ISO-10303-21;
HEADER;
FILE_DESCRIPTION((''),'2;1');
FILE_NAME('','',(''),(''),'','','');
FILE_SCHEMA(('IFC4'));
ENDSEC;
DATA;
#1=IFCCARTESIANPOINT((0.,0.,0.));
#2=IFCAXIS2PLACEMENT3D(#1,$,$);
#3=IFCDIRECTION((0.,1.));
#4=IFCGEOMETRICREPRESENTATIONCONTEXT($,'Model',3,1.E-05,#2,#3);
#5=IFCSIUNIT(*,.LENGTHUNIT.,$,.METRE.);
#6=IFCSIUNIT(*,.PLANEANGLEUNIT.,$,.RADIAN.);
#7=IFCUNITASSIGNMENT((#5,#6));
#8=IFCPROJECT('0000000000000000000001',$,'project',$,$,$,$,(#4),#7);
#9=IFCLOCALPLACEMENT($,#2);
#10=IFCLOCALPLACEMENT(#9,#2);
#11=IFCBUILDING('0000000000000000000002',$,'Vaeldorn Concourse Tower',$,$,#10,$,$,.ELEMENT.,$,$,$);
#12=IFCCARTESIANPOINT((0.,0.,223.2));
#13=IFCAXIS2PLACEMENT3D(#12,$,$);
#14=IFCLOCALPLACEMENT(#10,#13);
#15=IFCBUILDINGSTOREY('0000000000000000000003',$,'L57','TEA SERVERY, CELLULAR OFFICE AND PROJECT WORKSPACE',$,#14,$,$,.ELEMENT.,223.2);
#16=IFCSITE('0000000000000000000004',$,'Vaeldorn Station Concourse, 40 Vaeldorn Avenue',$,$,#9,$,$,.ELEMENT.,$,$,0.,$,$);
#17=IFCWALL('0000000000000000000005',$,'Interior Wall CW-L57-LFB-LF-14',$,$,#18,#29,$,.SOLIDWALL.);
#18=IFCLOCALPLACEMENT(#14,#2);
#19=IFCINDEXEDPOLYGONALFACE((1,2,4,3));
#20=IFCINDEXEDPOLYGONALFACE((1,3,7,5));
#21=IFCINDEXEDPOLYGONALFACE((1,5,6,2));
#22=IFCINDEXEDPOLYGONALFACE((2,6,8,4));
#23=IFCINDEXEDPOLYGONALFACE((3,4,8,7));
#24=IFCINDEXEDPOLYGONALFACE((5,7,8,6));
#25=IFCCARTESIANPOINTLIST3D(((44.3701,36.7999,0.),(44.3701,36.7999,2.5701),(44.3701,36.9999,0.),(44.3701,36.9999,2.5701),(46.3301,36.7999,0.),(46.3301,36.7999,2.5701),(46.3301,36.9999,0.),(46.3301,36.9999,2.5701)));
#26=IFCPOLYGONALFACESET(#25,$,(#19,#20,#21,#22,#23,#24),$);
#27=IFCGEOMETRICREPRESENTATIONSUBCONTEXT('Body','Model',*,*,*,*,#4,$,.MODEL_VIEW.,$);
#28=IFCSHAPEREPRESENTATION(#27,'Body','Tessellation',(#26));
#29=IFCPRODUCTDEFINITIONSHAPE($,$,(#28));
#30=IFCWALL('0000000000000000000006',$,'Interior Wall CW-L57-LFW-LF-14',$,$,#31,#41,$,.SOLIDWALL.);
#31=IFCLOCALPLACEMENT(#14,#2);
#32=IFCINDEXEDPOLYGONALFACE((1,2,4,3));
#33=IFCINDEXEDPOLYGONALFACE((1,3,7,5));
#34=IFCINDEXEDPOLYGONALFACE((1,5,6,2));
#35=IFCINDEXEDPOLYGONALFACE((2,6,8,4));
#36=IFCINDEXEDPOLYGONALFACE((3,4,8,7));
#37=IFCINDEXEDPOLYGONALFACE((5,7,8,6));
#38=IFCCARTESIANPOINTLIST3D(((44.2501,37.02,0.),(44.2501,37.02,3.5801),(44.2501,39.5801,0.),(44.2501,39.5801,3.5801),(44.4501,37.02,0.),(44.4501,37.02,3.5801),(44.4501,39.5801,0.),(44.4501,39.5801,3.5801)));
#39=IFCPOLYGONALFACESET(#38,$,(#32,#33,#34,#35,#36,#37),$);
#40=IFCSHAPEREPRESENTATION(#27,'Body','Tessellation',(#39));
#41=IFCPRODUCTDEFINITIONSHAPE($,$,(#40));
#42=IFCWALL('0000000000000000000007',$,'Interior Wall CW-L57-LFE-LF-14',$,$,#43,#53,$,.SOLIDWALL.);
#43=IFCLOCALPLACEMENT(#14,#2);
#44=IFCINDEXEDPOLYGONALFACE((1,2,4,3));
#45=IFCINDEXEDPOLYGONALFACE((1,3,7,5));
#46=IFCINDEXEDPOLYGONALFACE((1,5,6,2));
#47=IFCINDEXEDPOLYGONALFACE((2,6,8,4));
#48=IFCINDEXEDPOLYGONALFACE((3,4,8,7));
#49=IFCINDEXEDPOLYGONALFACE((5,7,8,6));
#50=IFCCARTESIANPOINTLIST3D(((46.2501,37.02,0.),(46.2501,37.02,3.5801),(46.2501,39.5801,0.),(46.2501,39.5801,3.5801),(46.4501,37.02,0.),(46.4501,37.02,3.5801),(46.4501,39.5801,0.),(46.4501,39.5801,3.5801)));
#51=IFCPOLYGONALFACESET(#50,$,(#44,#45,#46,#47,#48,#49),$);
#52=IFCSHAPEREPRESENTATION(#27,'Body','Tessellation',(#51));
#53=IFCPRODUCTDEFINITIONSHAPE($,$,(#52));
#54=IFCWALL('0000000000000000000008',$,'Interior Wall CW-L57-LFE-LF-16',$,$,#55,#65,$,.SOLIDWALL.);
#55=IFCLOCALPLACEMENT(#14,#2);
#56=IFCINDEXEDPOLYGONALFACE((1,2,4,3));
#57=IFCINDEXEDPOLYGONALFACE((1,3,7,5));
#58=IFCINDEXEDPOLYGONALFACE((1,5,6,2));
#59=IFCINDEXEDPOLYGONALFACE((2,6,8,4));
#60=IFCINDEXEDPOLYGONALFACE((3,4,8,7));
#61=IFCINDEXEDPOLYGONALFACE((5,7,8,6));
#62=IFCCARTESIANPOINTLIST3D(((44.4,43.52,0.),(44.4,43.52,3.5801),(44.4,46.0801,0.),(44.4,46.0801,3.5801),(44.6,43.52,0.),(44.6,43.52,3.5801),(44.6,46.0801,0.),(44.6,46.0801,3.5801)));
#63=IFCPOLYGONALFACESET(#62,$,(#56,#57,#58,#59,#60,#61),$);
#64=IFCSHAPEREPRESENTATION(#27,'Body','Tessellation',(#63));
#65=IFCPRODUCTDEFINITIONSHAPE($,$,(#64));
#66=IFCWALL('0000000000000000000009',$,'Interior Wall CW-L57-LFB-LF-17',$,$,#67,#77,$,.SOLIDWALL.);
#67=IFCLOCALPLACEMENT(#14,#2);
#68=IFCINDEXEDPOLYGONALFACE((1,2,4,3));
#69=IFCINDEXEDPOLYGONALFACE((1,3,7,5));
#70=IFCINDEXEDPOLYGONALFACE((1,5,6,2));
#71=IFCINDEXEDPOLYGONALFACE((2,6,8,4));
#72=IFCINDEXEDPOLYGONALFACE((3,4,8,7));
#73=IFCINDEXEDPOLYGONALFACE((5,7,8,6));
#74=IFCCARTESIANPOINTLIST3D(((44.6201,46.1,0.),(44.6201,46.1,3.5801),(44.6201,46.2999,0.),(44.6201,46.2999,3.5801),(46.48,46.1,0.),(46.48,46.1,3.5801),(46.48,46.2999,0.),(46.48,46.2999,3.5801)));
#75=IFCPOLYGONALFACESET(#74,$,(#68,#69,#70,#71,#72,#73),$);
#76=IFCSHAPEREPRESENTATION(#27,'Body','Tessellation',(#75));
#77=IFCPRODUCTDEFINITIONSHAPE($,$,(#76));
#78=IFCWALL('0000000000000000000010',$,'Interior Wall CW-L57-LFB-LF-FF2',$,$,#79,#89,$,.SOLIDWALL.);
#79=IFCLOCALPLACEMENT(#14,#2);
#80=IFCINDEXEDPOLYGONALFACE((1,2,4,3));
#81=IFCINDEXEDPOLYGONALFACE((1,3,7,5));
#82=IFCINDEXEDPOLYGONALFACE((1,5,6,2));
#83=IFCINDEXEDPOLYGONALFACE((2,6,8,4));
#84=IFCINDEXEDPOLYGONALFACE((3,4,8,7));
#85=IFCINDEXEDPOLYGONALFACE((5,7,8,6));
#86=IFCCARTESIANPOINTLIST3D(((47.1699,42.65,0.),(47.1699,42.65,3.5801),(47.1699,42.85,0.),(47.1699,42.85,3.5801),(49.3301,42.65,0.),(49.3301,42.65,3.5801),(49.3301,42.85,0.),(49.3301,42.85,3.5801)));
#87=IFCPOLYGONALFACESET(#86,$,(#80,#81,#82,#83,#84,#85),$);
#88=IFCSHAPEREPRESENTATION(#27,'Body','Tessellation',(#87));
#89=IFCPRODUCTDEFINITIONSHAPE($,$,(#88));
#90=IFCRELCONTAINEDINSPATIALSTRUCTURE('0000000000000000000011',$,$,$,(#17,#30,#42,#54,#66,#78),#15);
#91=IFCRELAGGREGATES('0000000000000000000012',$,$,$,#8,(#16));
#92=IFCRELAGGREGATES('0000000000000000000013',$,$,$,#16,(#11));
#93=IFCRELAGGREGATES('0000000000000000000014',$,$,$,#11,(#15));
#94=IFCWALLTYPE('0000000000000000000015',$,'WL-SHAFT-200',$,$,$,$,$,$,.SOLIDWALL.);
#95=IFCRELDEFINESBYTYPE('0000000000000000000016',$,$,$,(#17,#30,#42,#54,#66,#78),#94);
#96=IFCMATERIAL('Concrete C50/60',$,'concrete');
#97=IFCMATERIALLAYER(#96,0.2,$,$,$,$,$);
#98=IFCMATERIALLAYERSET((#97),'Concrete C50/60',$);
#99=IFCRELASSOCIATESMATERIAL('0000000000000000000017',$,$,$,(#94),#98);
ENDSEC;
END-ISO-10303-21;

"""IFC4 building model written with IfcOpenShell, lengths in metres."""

from ifc_helpers import new_model, si_unit, direction, frame, frame_2d, origin, place, context, subcontext, project, spatial, rectangle, extrude, material, layer, layer_set, type_object, element, save


model = new_model("IFC4")

# Units and contexts
model_context = context("Model", 3, precision=1e-05, world=origin(), true_north=direction((0.0, 1.0)))
body_context = subcontext(model_context, "Body", "Model", "MODEL_VIEW")
ifc_project = project(units=[si_unit("LENGTHUNIT", "METRE"), si_unit("PLANEANGLEUNIT", "RADIAN")], contexts=[model_context])

# Site, building, storey
site_placement = place(None, origin())
site = spatial("IfcSite", under=ifc_project, at=site_placement, Name="Vaeldorn Station Concourse, 40 Vaeldorn Avenue", CompositionType="ELEMENT", RefElevation=0.0)
building_placement = place(site_placement, origin())
building = spatial("IfcBuilding", under=site, at=building_placement, Name="Vaeldorn Concourse Tower", CompositionType="ELEMENT")
storey_placement = place(building_placement, frame((0.0, 0.0, 223.2)))
storey = spatial("IfcBuildingStorey", under=building, at=storey_placement, Name="L57", Description="TEA SERVERY, CELLULAR OFFICE AND PROJECT WORKSPACE", CompositionType="ELEMENT", Elevation=223.2)

# Shared definitions
ifc_material_1 = material(Name="Concrete C50/60", Category="concrete")

# Shared definitions
ifc_layer_1 = layer(ifc_material_1, 0.2)
ifc_layer_set_1 = layer_set([ifc_layer_1], Name="Concrete C50/60")
wall_type_1 = type_object("IfcWallType", Name="WL-SHAFT-200", PredefinedType="SOLIDWALL", material=ifc_layer_set_1)

# Walls
wall_1_placement = place(storey_placement, frame((44.3701, 36.8999, 0.0), z_axis=(0.0, 0.0, 1.0), x_axis=(1.0, 0.0, 0.0)))
element("IfcWall", 1, at=wall_1_placement, inside=storey, type_object=wall_type_1, Name="Interior Wall CW-L57-LFB-LF-14", PredefinedType="SOLIDWALL", context=body_context, shape_type="SweptSolid", body=[
    extrude(rectangle(XDim=1.96, YDim=0.2, at=frame_2d((0.98, 0.0))), origin(), (0.0, 0.0, 1.0), 2.5701),
])
for number, where, z_axis, x_axis, name in (
    (2, (44.3501, 37.02, 0.0), (0.0, 0.0, 1.0), (0.0, 1.0, 0.0), "Interior Wall CW-L57-LFW-LF-14"),
    (3, (46.3501, 37.02, 0.0), (0.0, 0.0, 1.0), (0.0, 1.0, 0.0), "Interior Wall CW-L57-LFE-LF-14"),
    (4, (44.5, 43.52, 0.0), (0.0, 0.0, 1.0), (0.0, 1.0, 0.0), "Interior Wall CW-L57-LFE-LF-16"),
):
    element("IfcWall", number, at=place(storey_placement, frame(where, z_axis=z_axis, x_axis=x_axis)), inside=storey, type_object=wall_type_1, Name=name, PredefinedType="SOLIDWALL", context=body_context, shape_type="SweptSolid", body=[
        extrude(rectangle(XDim=2.5601, YDim=0.2, at=frame_2d((1.28, 0.0))), origin(), (0.0, 0.0, 1.0), 3.5801),
    ])

# Wall
wall_2_placement = place(storey_placement, frame((44.6201, 46.2, 0.0), z_axis=(0.0, 0.0, 1.0), x_axis=(1.0, 0.0, 0.0)))
element("IfcWall", 5, at=wall_2_placement, inside=storey, type_object=wall_type_1, Name="Interior Wall CW-L57-LFB-LF-17", PredefinedType="SOLIDWALL", context=body_context, shape_type="SweptSolid", body=[
    extrude(rectangle(XDim=1.8599, YDim=0.2, at=frame_2d((0.9299, 0.0))), origin(), (0.0, 0.0, 1.0), 3.5801),
])

# Wall
wall_3_placement = place(storey_placement, frame((47.1699, 42.75, 0.0), z_axis=(0.0, 0.0, 1.0), x_axis=(1.0, 0.0, 0.0)))
element("IfcWall", 6, at=wall_3_placement, inside=storey, type_object=wall_type_1, Name="Interior Wall CW-L57-LFB-LF-FF2", PredefinedType="SOLIDWALL", context=body_context, shape_type="SweptSolid", body=[
    extrude(rectangle(XDim=2.1602, YDim=0.2, at=frame_2d((1.0801, 0.0))), origin(), (0.0, 0.0, 1.0), 3.5801),
])

save(model, "model.ifc")
